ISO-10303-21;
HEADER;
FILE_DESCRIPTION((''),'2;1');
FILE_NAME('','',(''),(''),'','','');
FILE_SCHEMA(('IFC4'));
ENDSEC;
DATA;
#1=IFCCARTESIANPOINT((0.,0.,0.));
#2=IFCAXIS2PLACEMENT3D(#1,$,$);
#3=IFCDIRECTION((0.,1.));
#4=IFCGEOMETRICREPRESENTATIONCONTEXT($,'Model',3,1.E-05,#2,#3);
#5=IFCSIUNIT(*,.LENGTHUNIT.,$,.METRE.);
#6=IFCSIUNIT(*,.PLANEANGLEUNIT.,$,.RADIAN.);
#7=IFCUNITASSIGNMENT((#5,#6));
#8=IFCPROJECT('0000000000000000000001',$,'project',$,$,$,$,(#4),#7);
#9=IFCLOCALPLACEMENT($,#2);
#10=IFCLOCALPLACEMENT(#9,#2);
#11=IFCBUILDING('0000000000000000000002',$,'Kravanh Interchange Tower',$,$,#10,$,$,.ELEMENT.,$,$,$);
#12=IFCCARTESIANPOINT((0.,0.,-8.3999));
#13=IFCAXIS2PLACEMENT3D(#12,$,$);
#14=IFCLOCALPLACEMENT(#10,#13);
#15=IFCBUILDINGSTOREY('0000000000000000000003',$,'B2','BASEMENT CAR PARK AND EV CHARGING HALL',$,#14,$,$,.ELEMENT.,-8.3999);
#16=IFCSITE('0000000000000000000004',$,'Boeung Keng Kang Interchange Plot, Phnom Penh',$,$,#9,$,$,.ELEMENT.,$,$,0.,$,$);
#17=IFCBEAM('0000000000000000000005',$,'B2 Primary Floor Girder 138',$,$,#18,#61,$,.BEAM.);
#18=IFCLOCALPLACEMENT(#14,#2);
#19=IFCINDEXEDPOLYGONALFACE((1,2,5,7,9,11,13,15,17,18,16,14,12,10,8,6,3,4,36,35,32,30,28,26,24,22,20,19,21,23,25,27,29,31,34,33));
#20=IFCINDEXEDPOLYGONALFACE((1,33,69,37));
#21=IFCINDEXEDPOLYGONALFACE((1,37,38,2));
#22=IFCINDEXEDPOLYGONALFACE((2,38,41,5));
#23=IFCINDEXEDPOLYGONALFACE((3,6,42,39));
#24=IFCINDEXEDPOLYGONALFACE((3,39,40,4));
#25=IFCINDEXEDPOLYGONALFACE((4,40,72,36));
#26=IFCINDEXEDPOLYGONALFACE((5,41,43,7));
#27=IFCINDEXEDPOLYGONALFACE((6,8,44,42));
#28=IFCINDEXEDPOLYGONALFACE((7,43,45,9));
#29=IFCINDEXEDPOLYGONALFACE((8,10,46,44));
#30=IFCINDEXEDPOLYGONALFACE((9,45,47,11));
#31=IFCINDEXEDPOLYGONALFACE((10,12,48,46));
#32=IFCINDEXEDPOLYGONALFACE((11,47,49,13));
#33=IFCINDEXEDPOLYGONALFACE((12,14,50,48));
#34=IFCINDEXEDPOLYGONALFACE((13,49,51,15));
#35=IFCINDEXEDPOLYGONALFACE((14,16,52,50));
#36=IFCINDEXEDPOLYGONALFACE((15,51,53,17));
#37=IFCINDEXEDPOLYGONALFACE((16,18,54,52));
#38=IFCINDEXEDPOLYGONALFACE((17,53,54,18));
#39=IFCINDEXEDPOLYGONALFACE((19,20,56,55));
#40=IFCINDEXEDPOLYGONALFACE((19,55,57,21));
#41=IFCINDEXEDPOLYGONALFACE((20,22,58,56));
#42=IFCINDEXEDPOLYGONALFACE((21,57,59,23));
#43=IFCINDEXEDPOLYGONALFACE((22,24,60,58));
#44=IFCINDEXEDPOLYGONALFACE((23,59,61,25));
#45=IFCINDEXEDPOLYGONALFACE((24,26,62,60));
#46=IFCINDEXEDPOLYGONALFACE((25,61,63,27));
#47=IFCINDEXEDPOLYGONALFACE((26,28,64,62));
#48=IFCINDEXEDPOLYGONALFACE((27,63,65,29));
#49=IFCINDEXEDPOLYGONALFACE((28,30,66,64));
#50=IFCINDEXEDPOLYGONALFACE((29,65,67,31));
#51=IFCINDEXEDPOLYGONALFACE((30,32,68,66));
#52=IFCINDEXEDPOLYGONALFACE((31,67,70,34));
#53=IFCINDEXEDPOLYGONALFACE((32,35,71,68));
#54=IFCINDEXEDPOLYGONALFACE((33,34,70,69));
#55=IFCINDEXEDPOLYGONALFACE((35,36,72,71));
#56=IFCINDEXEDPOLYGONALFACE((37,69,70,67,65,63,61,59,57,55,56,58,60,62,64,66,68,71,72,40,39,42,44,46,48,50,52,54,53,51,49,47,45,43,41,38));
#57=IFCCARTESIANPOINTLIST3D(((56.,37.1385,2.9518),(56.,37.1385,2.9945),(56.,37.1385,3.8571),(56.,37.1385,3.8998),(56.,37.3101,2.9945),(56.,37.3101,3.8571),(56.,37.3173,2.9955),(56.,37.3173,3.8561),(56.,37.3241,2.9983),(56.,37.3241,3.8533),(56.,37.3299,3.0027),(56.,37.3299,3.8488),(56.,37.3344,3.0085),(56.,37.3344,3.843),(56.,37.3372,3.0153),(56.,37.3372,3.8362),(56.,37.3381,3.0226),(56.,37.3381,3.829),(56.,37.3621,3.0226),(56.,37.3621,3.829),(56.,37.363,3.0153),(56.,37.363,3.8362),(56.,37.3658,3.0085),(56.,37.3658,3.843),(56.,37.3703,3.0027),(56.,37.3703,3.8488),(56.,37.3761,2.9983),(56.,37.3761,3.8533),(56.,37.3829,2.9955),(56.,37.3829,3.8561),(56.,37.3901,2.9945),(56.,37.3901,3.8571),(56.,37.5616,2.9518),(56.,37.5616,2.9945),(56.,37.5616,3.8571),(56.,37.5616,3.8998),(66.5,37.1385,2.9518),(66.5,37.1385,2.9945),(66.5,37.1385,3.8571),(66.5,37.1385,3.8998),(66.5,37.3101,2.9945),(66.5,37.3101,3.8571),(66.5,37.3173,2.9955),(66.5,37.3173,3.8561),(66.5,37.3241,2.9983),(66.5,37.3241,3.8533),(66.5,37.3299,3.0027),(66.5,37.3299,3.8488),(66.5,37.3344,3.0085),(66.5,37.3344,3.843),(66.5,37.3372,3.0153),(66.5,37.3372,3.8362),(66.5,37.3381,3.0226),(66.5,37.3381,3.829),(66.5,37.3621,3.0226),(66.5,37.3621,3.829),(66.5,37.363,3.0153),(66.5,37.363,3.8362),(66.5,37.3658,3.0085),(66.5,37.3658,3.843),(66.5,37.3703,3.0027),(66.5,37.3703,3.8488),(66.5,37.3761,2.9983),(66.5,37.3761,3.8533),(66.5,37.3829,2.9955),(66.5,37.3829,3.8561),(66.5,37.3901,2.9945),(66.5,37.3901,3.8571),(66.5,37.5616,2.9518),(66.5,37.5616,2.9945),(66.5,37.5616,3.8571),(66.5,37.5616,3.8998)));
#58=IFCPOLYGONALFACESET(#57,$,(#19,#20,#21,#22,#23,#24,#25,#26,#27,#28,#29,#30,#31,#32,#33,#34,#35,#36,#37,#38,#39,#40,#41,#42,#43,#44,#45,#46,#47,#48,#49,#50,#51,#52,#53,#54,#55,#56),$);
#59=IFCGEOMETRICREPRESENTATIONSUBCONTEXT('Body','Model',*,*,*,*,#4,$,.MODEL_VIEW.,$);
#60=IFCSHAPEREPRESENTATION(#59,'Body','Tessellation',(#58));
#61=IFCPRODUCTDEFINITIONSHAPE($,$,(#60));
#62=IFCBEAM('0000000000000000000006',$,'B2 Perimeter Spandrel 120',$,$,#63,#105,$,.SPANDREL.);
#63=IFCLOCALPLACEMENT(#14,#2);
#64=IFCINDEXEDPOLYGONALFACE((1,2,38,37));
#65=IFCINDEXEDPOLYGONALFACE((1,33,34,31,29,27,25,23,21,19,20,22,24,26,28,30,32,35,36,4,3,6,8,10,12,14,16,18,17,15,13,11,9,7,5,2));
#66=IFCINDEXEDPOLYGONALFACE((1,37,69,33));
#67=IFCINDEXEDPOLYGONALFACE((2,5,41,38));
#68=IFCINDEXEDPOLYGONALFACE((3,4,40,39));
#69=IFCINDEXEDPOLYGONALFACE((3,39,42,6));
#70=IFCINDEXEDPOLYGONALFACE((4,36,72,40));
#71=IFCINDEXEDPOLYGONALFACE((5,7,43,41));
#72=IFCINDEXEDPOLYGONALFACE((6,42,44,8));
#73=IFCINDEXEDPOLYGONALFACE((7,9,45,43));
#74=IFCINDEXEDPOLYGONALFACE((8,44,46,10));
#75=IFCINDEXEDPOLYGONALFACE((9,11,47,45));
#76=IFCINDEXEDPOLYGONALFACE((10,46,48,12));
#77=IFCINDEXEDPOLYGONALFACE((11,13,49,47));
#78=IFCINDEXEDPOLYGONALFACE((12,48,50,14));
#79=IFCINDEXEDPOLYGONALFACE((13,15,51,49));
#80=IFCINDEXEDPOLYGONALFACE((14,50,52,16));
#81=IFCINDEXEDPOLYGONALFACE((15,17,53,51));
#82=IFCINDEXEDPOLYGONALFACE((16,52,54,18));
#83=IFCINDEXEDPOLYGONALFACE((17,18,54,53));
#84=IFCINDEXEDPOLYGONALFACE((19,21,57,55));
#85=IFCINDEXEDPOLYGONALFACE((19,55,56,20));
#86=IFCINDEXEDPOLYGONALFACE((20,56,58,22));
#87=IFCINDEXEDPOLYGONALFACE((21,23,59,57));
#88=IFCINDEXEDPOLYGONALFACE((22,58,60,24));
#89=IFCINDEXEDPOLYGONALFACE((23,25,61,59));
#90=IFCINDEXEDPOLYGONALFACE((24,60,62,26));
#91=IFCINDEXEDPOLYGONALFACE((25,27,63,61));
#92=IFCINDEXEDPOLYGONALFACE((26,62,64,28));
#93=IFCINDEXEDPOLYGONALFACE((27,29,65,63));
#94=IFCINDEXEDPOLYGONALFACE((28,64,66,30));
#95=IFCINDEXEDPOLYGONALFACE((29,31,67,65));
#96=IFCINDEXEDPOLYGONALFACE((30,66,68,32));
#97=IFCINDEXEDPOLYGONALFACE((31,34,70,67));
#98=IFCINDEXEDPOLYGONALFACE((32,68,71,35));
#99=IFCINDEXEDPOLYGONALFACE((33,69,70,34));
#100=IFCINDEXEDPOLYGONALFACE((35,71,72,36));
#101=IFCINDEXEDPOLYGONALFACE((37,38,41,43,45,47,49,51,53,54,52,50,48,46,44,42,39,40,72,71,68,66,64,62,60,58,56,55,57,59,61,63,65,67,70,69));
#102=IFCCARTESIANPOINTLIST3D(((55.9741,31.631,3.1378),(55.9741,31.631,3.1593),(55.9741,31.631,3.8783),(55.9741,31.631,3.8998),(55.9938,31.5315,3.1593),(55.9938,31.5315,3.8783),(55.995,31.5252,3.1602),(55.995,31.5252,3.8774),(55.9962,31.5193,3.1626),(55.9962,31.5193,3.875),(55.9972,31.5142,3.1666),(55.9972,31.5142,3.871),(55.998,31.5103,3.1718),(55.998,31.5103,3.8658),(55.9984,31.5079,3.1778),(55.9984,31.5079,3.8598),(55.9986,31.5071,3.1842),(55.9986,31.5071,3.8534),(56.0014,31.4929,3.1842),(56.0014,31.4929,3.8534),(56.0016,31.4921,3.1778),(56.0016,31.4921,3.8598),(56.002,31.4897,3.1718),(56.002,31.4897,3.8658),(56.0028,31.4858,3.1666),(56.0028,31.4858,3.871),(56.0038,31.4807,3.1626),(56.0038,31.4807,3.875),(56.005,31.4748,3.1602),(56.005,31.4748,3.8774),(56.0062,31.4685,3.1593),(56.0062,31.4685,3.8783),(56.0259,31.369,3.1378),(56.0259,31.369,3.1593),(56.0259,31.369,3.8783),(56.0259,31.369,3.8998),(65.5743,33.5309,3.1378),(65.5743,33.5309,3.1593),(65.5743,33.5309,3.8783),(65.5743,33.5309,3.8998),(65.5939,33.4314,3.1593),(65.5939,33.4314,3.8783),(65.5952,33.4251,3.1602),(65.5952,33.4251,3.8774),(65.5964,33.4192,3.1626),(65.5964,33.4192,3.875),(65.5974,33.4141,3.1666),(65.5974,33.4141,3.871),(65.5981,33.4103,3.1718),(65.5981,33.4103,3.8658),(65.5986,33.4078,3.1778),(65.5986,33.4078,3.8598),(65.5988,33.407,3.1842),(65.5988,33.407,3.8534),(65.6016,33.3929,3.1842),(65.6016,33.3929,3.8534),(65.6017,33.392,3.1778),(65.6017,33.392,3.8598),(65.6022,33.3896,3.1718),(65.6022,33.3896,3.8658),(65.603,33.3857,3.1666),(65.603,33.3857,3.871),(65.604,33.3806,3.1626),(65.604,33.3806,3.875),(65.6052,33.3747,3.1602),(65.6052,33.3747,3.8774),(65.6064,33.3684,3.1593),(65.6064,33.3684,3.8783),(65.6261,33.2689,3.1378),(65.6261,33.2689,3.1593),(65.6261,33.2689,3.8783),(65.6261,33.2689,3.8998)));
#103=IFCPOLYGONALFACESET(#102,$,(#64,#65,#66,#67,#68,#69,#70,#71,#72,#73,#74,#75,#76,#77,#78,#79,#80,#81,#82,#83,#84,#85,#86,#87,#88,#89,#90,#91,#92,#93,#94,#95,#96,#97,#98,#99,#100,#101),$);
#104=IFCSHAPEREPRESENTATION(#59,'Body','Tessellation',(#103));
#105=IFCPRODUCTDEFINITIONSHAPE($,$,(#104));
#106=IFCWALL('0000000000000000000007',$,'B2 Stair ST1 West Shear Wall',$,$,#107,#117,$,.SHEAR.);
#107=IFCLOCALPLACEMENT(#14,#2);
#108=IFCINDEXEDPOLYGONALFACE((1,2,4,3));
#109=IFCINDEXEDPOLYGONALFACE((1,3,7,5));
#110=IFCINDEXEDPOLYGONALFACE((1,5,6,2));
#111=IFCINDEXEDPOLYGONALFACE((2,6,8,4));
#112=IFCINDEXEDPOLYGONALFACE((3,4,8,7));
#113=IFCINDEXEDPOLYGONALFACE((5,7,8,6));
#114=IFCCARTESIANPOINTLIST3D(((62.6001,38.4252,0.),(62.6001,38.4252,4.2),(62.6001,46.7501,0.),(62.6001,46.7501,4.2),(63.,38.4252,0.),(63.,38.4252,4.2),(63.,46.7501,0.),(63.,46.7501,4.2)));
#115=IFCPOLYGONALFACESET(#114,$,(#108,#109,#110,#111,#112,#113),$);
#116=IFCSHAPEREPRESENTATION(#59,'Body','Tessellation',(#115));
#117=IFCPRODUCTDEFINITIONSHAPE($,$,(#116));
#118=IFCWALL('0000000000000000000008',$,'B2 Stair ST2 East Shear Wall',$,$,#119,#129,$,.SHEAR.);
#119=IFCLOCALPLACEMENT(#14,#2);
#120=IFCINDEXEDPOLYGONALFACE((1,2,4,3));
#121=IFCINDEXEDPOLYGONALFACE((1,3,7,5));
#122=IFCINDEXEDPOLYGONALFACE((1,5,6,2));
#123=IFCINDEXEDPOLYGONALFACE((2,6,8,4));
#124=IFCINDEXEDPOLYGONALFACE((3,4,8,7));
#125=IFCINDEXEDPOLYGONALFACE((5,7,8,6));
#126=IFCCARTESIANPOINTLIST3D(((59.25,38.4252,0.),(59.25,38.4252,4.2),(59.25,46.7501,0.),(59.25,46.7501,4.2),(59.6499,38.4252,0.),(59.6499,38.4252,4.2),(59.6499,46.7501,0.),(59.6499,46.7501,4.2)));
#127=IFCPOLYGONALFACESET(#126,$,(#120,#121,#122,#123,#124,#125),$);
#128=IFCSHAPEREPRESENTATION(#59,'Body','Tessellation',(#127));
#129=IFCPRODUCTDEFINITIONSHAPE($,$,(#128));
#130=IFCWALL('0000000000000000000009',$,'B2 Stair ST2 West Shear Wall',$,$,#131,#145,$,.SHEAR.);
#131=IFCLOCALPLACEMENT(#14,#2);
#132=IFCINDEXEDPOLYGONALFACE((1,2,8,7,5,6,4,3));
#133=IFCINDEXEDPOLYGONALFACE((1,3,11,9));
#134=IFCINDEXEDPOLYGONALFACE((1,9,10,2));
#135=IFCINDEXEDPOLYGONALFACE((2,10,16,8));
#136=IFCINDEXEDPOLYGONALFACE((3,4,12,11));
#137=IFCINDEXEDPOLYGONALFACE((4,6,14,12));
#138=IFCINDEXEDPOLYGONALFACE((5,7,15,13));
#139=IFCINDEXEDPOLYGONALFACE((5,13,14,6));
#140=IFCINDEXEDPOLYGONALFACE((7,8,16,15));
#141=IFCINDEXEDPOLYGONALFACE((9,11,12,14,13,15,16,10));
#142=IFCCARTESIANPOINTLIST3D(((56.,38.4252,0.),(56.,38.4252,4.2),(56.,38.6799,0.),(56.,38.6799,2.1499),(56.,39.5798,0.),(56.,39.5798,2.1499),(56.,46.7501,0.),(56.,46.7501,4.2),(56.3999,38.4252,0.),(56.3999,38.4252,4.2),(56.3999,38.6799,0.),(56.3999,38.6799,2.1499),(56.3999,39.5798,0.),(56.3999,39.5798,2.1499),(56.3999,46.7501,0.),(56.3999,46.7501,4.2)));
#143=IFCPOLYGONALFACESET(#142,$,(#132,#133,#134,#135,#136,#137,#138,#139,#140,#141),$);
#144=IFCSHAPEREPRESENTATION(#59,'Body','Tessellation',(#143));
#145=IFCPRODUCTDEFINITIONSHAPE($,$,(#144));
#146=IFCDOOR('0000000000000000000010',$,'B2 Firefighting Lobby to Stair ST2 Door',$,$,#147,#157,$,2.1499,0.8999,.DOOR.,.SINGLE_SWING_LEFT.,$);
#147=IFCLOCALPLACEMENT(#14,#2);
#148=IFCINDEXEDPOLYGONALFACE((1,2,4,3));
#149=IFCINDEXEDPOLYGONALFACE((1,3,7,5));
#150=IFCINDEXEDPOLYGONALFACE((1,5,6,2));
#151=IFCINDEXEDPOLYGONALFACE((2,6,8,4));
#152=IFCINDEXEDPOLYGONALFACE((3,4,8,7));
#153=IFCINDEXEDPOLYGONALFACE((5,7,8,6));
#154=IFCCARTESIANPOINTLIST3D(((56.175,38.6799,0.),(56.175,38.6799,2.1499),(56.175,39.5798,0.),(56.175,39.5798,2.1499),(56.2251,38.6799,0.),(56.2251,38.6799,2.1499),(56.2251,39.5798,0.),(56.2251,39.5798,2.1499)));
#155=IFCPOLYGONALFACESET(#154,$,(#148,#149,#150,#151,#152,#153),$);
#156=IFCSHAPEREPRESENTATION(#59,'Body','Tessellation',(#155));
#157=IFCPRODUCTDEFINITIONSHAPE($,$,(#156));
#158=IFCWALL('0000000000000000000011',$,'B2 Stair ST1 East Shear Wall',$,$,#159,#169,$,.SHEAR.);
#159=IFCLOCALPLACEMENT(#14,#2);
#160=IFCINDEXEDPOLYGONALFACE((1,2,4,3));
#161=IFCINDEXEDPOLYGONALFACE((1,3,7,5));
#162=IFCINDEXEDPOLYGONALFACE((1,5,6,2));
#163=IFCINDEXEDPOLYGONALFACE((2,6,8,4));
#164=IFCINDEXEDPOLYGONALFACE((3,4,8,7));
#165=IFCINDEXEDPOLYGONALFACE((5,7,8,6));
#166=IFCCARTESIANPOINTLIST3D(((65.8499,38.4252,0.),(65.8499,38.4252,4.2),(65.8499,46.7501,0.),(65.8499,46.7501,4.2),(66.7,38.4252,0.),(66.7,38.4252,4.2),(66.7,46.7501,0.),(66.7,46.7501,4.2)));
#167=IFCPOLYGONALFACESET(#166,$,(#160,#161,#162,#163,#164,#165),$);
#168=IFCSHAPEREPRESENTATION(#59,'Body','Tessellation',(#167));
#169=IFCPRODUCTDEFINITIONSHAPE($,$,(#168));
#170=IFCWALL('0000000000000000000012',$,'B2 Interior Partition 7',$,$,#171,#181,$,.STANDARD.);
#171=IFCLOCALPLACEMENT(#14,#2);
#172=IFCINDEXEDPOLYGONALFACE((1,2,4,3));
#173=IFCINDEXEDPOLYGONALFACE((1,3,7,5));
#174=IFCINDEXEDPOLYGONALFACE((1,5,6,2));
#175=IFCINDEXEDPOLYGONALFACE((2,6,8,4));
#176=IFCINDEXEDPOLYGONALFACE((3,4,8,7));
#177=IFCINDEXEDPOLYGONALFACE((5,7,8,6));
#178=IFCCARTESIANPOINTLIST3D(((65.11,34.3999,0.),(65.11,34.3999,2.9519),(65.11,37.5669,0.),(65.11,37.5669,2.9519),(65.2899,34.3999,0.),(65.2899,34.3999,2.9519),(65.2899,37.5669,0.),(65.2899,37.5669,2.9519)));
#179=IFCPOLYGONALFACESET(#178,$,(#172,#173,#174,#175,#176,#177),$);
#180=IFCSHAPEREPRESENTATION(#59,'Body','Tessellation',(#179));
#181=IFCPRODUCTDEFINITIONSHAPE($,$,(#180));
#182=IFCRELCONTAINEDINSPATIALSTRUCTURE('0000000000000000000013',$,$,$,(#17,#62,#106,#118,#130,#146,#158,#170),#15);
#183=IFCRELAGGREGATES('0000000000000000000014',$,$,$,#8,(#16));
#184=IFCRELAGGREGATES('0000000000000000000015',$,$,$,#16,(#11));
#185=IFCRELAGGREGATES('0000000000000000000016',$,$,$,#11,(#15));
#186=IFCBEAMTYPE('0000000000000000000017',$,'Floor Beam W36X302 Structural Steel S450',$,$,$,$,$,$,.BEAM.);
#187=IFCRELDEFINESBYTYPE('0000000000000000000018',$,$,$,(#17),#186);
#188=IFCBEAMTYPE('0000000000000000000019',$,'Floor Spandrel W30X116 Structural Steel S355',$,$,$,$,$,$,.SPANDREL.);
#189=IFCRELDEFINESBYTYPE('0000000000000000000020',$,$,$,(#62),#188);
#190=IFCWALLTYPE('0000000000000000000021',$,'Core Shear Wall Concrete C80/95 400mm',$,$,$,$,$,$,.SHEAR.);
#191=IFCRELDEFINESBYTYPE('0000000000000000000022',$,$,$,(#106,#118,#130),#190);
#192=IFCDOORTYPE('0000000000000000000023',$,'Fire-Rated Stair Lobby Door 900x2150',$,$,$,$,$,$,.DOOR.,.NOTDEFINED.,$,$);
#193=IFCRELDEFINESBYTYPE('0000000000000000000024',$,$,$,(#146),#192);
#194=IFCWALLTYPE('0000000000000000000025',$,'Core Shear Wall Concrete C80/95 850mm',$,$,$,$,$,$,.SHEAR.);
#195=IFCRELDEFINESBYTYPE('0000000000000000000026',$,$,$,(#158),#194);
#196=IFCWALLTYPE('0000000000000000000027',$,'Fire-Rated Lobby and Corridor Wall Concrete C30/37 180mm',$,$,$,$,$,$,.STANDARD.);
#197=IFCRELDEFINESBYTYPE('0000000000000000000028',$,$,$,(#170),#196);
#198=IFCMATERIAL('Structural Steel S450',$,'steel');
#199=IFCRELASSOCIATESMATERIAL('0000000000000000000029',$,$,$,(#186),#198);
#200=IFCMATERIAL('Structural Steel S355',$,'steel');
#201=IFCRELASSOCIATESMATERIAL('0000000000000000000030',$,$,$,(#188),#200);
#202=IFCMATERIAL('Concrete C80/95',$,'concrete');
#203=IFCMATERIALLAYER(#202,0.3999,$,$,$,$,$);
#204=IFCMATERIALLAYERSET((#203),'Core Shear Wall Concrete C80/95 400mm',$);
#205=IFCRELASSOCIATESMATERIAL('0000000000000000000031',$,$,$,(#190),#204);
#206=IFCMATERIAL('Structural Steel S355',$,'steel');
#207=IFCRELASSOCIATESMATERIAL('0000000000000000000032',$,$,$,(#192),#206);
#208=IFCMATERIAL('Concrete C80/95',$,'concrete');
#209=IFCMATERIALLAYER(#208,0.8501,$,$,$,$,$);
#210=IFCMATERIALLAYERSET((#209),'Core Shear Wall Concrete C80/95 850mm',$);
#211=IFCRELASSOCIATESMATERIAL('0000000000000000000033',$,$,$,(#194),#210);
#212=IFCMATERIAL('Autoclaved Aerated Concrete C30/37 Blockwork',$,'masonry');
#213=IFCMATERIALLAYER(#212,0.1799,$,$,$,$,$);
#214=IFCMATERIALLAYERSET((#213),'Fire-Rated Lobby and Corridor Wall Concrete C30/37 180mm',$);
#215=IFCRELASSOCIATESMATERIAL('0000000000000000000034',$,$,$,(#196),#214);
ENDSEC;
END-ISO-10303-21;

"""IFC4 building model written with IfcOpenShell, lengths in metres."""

from ifc_helpers import new_model, si_unit, direction, frame, frame_2d, origin, origin_2d, place, context, subcontext, project, spatial, rectangle, i_section, extrude, material, layer, layer_set, material_profile, profile_set, type_object, element, fill, save


model = new_model("IFC4")

# Units and contexts
model_context = context("Model", 3, precision=1e-05, world=origin(), true_north=direction((0.0, 1.0)))
body_context = subcontext(model_context, "Body", "Model", "MODEL_VIEW")
ifc_project = project(units=[si_unit("LENGTHUNIT", "METRE"), si_unit("PLANEANGLEUNIT", "RADIAN")], contexts=[model_context])

# Site, building, storey
site_placement = place(None, origin())
site = spatial("IfcSite", under=ifc_project, at=site_placement, Name="Boeung Keng Kang Interchange Plot, Phnom Penh", CompositionType="ELEMENT", RefElevation=0.0)
building_placement = place(site_placement, origin())
building = spatial("IfcBuilding", under=site, at=building_placement, Name="Kravanh Interchange Tower", CompositionType="ELEMENT")
storey_placement = place(building_placement, frame((0.0, 0.0, -8.3999)))
storey = spatial("IfcBuildingStorey", under=building, at=storey_placement, Name="B2", Description="BASEMENT CAR PARK AND EV CHARGING HALL", CompositionType="ELEMENT", Elevation=-8.3999)

# Beams
ifc_material_1 = material(Name="Structural Steel S450", Category="steel")
ifc_material_profile_1 = material_profile(ifc_material_1, i_section(OverallWidth=0.4231, OverallDepth=0.948, WebThickness=0.0239, FlangeThickness=0.0427, FilletRadius=0.0281, at=origin_2d()), Name="W36X302")
ifc_profile_set_1 = profile_set([ifc_material_profile_1], Name="Structural Steel S450")
beam_type_1 = type_object("IfcBeamType", Name="Floor Beam W36X302 Structural Steel S450", PredefinedType="BEAM", material=ifc_profile_set_1)
beam_1_placement = place(storey_placement, frame((66.5, 37.3501, 3.4258), z_axis=(-1.0, 0.0, 0.0), x_axis=(0.0, -1.0, 0.0)))
element("IfcBeam", 1, at=beam_1_placement, inside=storey, type_object=beam_type_1, Name="B2 Primary Floor Girder 138", PredefinedType="BEAM", context=body_context, shape_type="SweptSolid", body=[
    extrude(i_section(OverallWidth=0.4231, OverallDepth=0.948, WebThickness=0.0239, FlangeThickness=0.0427, FilletRadius=0.0281, at=origin_2d()), origin(), (0.0, 0.0, 1.0), 10.5),
])
ifc_material_2 = material(Name="Structural Steel S355", Category="steel")
ifc_material_profile_2 = material_profile(ifc_material_2, i_section(OverallWidth=0.2671, OverallDepth=0.762, WebThickness=0.0144, FlangeThickness=0.0215, FilletRadius=0.0249, at=origin_2d()), Name="W30X116")
ifc_profile_set_2 = profile_set([ifc_material_profile_2], Name="Structural Steel S355")
beam_type_2 = type_object("IfcBeamType", Name="Floor Spandrel W30X116 Structural Steel S355", PredefinedType="SPANDREL", material=ifc_profile_set_2)
beam_2_placement = place(storey_placement, frame((56.0, 31.5, 3.5188), z_axis=(0.980974, 0.194139, 0.0), x_axis=(-0.194139, 0.980974, 0.0)))
element("IfcBeam", 2, at=beam_2_placement, inside=storey, type_object=beam_type_2, Name="B2 Perimeter Spandrel 120", PredefinedType="SPANDREL", context=body_context, shape_type="SweptSolid", body=[
    extrude(i_section(OverallWidth=0.2671, OverallDepth=0.762, WebThickness=0.0144, FlangeThickness=0.0215, FilletRadius=0.0249, at=origin_2d()), origin(), (0.0, 0.0, 1.0), 9.7864),
])

# Walls
ifc_material_3 = material(Name="Concrete C80/95", Category="concrete")
ifc_layer_1 = layer(ifc_material_3, 0.3999)
ifc_layer_set_1 = layer_set([ifc_layer_1], Name="Core Shear Wall Concrete C80/95 400mm")
wall_type_1 = type_object("IfcWallType", Name="Core Shear Wall Concrete C80/95 400mm", PredefinedType="SHEAR", material=ifc_layer_set_1)
for number, where, z_axis, x_axis, name in (
    (3, (62.8, 38.425, 0.0), (0.0, 0.0, 1.0), (0.0, 1.0, 0.0), "B2 Stair ST1 West Shear Wall"),
    (4, (59.45, 38.425, 0.0), (0.0, 0.0, 1.0), (0.0, 1.0, 0.0), "B2 Stair ST2 East Shear Wall"),
):
    element("IfcWall", number, at=place(storey_placement, frame(where, z_axis=z_axis, x_axis=x_axis)), inside=storey, type_object=wall_type_1, Name=name, PredefinedType="SHEAR", context=body_context, shape_type="SweptSolid", body=[
        extrude(rectangle(XDim=8.325, YDim=0.3999, at=frame_2d((4.1626, 0.0))), origin(), (0.0, 0.0, 1.0), 4.2),
    ])

# Wall, opening, door
wall_1_placement = place(storey_placement, frame((56.2, 38.425, 0.0), z_axis=(0.0, 0.0, 1.0), x_axis=(0.0, 1.0, 0.0)))
wall_1 = element("IfcWall", 5, at=wall_1_placement, inside=storey, type_object=wall_type_1, Name="B2 Stair ST2 West Shear Wall", PredefinedType="SHEAR", context=body_context, shape_type="SweptSolid", body=[
    extrude(rectangle(XDim=8.325, YDim=0.3999, at=frame_2d((4.1626, 0.0))), origin(), (0.0, 0.0, 1.0), 4.2),
])
opening_placement = place(wall_1_placement, frame((0.2549, 0.0, 0.0)))
opening = element("IfcOpeningElement", 6, at=opening_placement, cuts=wall_1, PredefinedType="OPENING", context=body_context, shape_type="SweptSolid", body=[
    extrude(rectangle(XDim=0.8999, YDim=2.1499, at=frame_2d((0.45, 1.075))), frame((0.0, 0.21, 0.0), z_axis=(0.0, -1.0, 0.0), x_axis=(1.0, 0.0, 0.0)), (0.0, 0.0, 1.0), 0.4199),
])
ifc_material_4 = material(Name="Structural Steel S355", Category="steel")
door_type = type_object("IfcDoorType", Name="Fire-Rated Stair Lobby Door 900x2150", OperationType="NOTDEFINED", PredefinedType="DOOR", material=ifc_material_4)
door_placement = place(opening_placement, origin())
door = element("IfcDoor", 7, at=door_placement, inside=storey, type_object=door_type, Name="B2 Firefighting Lobby to Stair ST2 Door", OperationType="SINGLE_SWING_LEFT", OverallHeight=2.1499, OverallWidth=0.8999, PredefinedType="DOOR", context=body_context, shape_type="SweptSolid", body=[
    extrude(rectangle(XDim=0.8999, YDim=2.1499, at=frame_2d((0.45, 1.075))), frame((0.0, 0.0249, 0.0), z_axis=(0.0, -1.0, 0.0), x_axis=(1.0, 0.0, 0.0)), (0.0, 0.0, 1.0), 0.05),
])
fill(opening, door)

# Walls
ifc_material_5 = material(Name="Concrete C80/95", Category="concrete")
ifc_layer_2 = layer(ifc_material_5, 0.8501)
ifc_layer_set_2 = layer_set([ifc_layer_2], Name="Core Shear Wall Concrete C80/95 850mm")
wall_type_2 = type_object("IfcWallType", Name="Core Shear Wall Concrete C80/95 850mm", PredefinedType="SHEAR", material=ifc_layer_set_2)
wall_2_placement = place(storey_placement, frame((66.2749, 38.425, 0.0), z_axis=(0.0, 0.0, 1.0), x_axis=(0.0, 1.0, 0.0)))
element("IfcWall", 8, at=wall_2_placement, inside=storey, type_object=wall_type_2, Name="B2 Stair ST1 East Shear Wall", PredefinedType="SHEAR", context=body_context, shape_type="SweptSolid", body=[
    extrude(rectangle(XDim=8.325, YDim=0.8501, at=frame_2d((4.1626, 0.0))), origin(), (0.0, 0.0, 1.0), 4.2),
])
ifc_material_6 = material(Name="Autoclaved Aerated Concrete C30/37 Blockwork", Category="masonry")
ifc_layer_3 = layer(ifc_material_6, 0.1799)
ifc_layer_set_3 = layer_set([ifc_layer_3], Name="Fire-Rated Lobby and Corridor Wall Concrete C30/37 180mm")
wall_type_3 = type_object("IfcWallType", Name="Fire-Rated Lobby and Corridor Wall Concrete C30/37 180mm", PredefinedType="STANDARD", material=ifc_layer_set_3)
wall_3_placement = place(storey_placement, frame((65.2, 34.3999, 0.0), z_axis=(0.0, 0.0, 1.0), x_axis=(0.0, 1.0, 0.0)))
element("IfcWall", 9, at=wall_3_placement, inside=storey, type_object=wall_type_3, Name="B2 Interior Partition 7", PredefinedType="STANDARD", context=body_context, shape_type="SweptSolid", body=[
    extrude(rectangle(XDim=3.167, YDim=0.1799, at=frame_2d((1.5835, 0.0))), origin(), (0.0, 0.0, 1.0), 2.9519),
])

save(model, "model.ifc")
